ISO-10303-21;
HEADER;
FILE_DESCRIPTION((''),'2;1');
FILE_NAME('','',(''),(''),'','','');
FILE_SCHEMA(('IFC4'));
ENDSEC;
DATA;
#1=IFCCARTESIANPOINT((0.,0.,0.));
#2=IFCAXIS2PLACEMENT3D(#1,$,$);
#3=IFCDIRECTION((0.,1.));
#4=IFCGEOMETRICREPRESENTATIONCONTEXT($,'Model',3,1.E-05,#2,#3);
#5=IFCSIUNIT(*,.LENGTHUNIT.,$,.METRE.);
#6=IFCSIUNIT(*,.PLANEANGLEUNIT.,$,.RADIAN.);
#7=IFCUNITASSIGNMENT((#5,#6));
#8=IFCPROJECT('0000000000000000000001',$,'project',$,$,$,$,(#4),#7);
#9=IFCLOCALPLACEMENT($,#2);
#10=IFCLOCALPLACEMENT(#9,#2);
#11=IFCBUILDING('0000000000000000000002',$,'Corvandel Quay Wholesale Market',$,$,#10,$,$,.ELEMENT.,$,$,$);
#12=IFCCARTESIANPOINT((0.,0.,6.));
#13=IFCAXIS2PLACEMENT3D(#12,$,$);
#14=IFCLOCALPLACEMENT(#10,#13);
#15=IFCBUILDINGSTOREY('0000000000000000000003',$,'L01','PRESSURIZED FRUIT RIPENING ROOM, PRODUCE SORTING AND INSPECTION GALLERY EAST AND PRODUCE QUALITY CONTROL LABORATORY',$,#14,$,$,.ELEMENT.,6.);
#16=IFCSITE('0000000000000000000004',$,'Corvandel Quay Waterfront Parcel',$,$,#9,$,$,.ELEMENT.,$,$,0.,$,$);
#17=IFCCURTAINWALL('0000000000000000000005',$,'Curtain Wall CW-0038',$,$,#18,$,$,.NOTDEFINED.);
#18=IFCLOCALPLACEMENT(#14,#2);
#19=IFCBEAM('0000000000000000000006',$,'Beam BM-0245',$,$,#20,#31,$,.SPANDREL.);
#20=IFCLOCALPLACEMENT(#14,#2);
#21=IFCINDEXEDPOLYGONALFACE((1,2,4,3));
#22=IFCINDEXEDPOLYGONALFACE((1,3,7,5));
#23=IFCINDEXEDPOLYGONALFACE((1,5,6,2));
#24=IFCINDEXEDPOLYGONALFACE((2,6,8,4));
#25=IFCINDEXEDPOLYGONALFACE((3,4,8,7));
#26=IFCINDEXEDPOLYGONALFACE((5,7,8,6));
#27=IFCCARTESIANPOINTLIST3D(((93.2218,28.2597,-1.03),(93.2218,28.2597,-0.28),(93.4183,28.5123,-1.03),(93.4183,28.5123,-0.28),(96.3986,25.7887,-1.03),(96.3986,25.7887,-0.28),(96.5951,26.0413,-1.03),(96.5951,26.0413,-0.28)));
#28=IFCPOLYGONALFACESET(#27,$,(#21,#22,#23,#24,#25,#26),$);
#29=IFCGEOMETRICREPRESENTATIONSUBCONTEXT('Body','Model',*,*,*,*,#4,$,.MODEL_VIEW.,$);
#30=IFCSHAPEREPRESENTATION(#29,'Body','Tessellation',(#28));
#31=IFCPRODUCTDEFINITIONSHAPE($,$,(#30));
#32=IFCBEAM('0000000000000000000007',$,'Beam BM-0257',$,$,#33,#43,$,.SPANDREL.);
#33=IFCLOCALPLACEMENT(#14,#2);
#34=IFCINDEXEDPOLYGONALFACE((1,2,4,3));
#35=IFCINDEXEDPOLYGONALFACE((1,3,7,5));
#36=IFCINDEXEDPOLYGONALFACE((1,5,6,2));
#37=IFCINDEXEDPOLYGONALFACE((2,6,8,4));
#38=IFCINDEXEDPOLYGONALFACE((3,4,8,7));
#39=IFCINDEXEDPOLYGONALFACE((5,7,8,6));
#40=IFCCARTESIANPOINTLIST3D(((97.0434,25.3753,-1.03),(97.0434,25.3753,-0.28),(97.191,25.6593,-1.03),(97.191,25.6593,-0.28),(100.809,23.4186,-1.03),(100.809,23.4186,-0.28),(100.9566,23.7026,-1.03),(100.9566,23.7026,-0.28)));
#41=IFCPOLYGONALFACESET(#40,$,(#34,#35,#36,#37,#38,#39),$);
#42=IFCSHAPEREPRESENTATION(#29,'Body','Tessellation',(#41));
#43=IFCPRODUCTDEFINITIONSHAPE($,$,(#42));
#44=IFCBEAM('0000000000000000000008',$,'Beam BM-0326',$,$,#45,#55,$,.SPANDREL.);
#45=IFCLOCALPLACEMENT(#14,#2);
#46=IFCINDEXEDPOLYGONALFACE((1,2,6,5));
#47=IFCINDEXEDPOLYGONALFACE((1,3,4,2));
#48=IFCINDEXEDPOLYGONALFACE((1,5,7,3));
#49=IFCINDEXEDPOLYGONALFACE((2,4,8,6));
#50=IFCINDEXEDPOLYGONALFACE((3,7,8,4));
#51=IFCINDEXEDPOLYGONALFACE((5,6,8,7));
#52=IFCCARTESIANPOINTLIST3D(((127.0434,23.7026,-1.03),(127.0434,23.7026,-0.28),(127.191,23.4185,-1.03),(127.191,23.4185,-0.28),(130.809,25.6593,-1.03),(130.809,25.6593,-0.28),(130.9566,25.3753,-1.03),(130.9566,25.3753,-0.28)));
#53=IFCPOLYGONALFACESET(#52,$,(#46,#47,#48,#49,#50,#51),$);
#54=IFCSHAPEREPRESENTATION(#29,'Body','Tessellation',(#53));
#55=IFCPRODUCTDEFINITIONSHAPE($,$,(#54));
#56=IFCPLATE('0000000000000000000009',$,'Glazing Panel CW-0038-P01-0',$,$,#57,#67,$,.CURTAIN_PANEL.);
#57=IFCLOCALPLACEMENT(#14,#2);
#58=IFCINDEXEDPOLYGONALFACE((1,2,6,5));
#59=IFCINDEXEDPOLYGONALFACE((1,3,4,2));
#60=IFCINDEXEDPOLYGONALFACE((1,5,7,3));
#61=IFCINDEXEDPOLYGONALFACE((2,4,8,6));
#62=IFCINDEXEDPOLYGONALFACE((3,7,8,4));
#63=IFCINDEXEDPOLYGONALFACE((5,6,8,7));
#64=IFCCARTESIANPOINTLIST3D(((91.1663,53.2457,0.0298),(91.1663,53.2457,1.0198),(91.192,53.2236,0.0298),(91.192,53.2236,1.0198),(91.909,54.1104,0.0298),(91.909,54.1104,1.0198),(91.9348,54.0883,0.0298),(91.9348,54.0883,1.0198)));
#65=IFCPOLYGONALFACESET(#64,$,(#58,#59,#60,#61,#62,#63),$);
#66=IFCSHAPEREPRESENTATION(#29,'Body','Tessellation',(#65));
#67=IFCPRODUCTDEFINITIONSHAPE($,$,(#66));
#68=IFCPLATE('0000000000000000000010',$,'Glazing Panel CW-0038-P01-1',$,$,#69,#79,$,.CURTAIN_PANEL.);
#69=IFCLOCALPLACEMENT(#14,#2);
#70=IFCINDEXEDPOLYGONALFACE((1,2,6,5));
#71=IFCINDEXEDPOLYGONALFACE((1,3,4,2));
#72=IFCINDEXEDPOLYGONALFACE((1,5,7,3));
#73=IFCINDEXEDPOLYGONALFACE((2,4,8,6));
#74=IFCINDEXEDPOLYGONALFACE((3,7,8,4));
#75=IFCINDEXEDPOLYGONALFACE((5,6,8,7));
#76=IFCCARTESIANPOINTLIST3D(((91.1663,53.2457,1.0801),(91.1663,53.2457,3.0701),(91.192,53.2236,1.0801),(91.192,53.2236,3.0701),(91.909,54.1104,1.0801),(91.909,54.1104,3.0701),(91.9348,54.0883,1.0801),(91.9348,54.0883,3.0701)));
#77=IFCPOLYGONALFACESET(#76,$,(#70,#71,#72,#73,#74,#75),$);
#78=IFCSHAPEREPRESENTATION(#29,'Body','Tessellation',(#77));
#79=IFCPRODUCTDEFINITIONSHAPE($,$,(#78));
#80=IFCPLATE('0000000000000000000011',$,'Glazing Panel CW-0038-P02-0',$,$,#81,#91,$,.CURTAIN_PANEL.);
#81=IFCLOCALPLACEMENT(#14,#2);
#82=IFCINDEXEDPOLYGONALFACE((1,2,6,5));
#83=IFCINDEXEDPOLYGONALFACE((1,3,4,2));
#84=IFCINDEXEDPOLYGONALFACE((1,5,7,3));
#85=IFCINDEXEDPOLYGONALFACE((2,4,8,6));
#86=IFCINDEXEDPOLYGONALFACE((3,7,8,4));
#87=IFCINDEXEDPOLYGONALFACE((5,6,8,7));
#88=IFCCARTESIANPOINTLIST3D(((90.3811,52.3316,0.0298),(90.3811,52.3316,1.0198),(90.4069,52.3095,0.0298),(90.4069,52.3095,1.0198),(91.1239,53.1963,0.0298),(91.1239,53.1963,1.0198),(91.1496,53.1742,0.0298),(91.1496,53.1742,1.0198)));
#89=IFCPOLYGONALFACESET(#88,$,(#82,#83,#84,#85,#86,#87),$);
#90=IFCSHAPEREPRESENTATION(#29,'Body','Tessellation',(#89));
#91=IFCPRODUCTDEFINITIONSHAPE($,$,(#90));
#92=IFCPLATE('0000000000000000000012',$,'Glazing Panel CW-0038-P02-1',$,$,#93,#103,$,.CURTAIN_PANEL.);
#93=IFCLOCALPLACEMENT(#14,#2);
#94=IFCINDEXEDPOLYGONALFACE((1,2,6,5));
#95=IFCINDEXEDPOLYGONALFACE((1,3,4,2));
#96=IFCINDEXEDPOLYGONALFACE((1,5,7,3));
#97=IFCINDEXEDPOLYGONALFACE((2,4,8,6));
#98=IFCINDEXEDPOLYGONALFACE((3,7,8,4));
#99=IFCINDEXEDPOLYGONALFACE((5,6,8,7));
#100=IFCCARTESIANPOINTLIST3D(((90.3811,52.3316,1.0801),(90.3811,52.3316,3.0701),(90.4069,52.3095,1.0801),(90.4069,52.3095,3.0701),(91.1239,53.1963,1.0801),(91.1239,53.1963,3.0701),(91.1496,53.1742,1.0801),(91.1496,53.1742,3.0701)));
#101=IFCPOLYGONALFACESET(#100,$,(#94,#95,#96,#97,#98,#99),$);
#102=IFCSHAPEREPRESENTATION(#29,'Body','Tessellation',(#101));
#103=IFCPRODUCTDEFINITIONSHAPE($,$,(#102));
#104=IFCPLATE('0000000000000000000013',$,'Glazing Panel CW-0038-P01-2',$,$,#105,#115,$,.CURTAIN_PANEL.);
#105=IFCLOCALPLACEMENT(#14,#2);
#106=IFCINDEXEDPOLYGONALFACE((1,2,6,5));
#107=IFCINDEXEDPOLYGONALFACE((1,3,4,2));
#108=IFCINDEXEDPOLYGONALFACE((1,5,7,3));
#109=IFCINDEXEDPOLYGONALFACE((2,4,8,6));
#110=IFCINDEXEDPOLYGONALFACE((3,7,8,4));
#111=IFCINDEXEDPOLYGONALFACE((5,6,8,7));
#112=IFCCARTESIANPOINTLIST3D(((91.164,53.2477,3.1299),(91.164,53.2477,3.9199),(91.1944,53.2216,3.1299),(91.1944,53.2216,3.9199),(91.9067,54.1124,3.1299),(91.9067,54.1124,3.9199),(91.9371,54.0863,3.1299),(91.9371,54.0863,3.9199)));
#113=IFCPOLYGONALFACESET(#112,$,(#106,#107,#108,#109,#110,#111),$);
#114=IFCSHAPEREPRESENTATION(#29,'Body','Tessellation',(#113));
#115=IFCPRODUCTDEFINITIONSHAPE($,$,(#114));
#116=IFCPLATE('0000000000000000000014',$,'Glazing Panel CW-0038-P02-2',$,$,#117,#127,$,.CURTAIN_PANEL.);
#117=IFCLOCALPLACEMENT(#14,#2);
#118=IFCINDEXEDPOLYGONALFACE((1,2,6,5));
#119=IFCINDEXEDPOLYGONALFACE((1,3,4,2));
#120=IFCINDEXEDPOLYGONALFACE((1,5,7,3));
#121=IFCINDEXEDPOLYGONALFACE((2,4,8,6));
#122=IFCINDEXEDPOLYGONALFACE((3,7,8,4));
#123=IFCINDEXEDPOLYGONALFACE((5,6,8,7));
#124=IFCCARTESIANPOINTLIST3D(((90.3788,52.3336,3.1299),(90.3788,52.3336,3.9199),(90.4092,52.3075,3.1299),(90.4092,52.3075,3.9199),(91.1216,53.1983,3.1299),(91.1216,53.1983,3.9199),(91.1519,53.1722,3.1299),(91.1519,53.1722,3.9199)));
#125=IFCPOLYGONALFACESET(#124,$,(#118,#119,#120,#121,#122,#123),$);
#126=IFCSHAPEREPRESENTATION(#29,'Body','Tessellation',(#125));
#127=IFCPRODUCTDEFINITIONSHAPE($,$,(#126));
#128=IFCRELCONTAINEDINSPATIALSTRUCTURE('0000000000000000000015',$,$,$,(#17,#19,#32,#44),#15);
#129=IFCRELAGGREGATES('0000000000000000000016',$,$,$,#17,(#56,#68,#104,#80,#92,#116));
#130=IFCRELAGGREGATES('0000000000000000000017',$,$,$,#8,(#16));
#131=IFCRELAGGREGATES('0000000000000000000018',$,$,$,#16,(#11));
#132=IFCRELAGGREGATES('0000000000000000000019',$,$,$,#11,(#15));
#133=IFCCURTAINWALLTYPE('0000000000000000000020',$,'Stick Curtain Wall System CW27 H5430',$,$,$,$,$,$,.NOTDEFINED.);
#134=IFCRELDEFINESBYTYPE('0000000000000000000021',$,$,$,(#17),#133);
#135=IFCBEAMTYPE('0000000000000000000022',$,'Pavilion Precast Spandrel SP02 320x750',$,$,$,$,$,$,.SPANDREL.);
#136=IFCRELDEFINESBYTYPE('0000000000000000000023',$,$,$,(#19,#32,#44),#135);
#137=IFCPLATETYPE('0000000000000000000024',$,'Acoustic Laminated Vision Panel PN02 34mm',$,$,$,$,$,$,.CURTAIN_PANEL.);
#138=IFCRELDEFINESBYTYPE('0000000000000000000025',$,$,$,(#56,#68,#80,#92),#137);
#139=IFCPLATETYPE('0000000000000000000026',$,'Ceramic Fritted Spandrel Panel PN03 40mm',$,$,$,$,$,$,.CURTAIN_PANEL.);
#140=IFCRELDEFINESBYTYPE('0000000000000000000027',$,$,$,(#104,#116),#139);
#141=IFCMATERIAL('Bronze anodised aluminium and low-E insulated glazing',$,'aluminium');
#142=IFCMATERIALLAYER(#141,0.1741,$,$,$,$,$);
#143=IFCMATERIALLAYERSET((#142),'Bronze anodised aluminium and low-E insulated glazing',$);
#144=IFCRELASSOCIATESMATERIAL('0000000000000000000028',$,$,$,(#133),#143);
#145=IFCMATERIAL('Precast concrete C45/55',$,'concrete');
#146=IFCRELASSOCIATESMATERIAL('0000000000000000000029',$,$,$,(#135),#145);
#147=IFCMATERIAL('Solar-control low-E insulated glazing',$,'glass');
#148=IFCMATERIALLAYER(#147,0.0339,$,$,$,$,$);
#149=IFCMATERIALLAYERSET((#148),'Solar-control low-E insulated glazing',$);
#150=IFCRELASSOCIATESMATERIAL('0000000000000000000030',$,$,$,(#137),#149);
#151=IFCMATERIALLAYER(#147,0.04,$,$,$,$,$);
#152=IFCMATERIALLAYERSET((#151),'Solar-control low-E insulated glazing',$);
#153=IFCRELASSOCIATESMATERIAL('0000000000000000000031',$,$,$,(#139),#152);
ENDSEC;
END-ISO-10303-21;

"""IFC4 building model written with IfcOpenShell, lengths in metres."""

from ifc_helpers import new_model, si_unit, direction, frame, origin, origin_2d, place, context, subcontext, project, spatial, rectangle, extrude, material, layer, layer_set, material_profile, profile_set, type_object, element, aggregate, save


model = new_model("IFC4")

# Units and contexts
model_context = context("Model", 3, precision=1e-05, world=origin(), true_north=direction((0.0, 1.0)))
body_context = subcontext(model_context, "Body", "Model", "MODEL_VIEW")
ifc_project = project(units=[si_unit("LENGTHUNIT", "METRE"), si_unit("PLANEANGLEUNIT", "RADIAN")], contexts=[model_context])

# Site, building, storey
site_placement = place(None, origin())
site = spatial("IfcSite", under=ifc_project, at=site_placement, Name="Corvandel Quay Waterfront Parcel", CompositionType="ELEMENT", RefElevation=0.0)
building_placement = place(site_placement, origin())
building = spatial("IfcBuilding", under=site, at=building_placement, Name="Corvandel Quay Wholesale Market", CompositionType="ELEMENT")
storey_placement = place(building_placement, frame((0.0, 0.0, 6.0)))
storey = spatial("IfcBuildingStorey", under=building, at=storey_placement, Name="L01", Description="PRESSURIZED FRUIT RIPENING ROOM, PRODUCE SORTING AND INSPECTION GALLERY EAST AND PRODUCE QUALITY CONTROL LABORATORY", CompositionType="ELEMENT", Elevation=6.0)

# Shared definitions
ifc_material_1 = material(Name="Precast concrete C45/55", Category="concrete")

# Curtain wall
ifc_material_2 = material(Name="Bronze anodised aluminium and low-E insulated glazing", Category="aluminium")
ifc_layer_1 = layer(ifc_material_2, 0.1741)
ifc_layer_set_1 = layer_set([ifc_layer_1], Name="Bronze anodised aluminium and low-E insulated glazing")
curtain_wall_type = type_object("IfcCurtainWallType", Name="Stick Curtain Wall System CW27 H5430", PredefinedType="NOTDEFINED", material=ifc_layer_set_1)
curtain_wall_placement = place(storey_placement, origin())
curtain_wall = element("IfcCurtainWall", 1, at=curtain_wall_placement, inside=storey, type_object=curtain_wall_type, Name="Curtain Wall CW-0038", PredefinedType="NOTDEFINED")

# Beams
ifc_material_profile_1 = material_profile(ifc_material_1, rectangle(XDim=0.3201, YDim=0.75, at=origin_2d()), Name="PC-SPN-320x750")
ifc_profile_set_1 = profile_set([ifc_material_profile_1], Name="Precast concrete C45/55")
beam_type = type_object("IfcBeamType", Name="Pavilion Precast Spandrel SP02 320x750", PredefinedType="SPANDREL", material=ifc_profile_set_1)
beam_1_placement = place(storey_placement, frame((93.3201, 28.386, -0.655), z_axis=(0.789336, -0.613962, 0.0), x_axis=(0.613962, 0.789336, 0.0)))
element("IfcBeam", 2, at=beam_1_placement, inside=storey, type_object=beam_type, Name="Beam BM-0245", PredefinedType="SPANDREL", context=body_context, shape_type="SweptSolid", body=[
    extrude(rectangle(XDim=0.3201, YDim=0.75, at=origin_2d()), origin(), (0.0, 0.0, 1.0), 4.0247),
])
for number, where, z_axis, x_axis, name in (
    (3, (97.1172, 25.5173, -0.655), (0.887346, -0.461105, 0.0), (0.461105, 0.887346, 0.0), "Beam BM-0257"),
    (4, (127.1172, 23.5605, -0.655), (0.887346, 0.461105, 0.0), (-0.461105, 0.887346, 0.0), "Beam BM-0326"),
):
    element("IfcBeam", number, at=place(storey_placement, frame(where, z_axis=z_axis, x_axis=x_axis)), inside=storey, type_object=beam_type, Name=name, PredefinedType="SPANDREL", context=body_context, shape_type="SweptSolid", body=[
        extrude(rectangle(XDim=0.3201, YDim=0.75, at=origin_2d()), origin(), (0.0, 0.0, 1.0), 4.2437),
    ])

# Plates
ifc_material_3 = material(Name="Solar-control low-E insulated glazing", Category="glass")
ifc_layer_2 = layer(ifc_material_3, 0.0339)
ifc_layer_set_2 = layer_set([ifc_layer_2], Name="Solar-control low-E insulated glazing")
plate_type_1 = type_object("IfcPlateType", Name="Acoustic Laminated Vision Panel PN02 34mm", PredefinedType="CURTAIN_PANEL", material=ifc_layer_set_2)
plate_1_placement = place(storey_placement, frame((91.5505, 53.667, 0.0298), z_axis=(0.0, 0.0, 1.0), x_axis=(0.651569, 0.758589, 0.0)))
plate_1 = element("IfcPlate", 5, at=plate_1_placement, type_object=plate_type_1, Name="Glazing Panel CW-0038-P01-0", PredefinedType="CURTAIN_PANEL", context=body_context, shape_type="SweptSolid", body=[
    extrude(rectangle(XDim=1.1399, YDim=0.0339, at=origin_2d()), origin(), (0.0, 0.0, 1.0), 0.99),
])
plate_2_placement = place(storey_placement, frame((91.5505, 53.667, 1.0801), z_axis=(0.0, 0.0, 1.0), x_axis=(0.651569, 0.758589, 0.0)))
plate_2 = element("IfcPlate", 6, at=plate_2_placement, type_object=plate_type_1, Name="Glazing Panel CW-0038-P01-1", PredefinedType="CURTAIN_PANEL", context=body_context, shape_type="SweptSolid", body=[
    extrude(rectangle(XDim=1.1399, YDim=0.0339, at=origin_2d()), origin(), (0.0, 0.0, 1.0), 1.99),
])
plate_3_placement = place(storey_placement, frame((90.7654, 52.7529, 0.0298), z_axis=(0.0, 0.0, 1.0), x_axis=(0.651569, 0.758589, 0.0)))
plate_3 = element("IfcPlate", 7, at=plate_3_placement, type_object=plate_type_1, Name="Glazing Panel CW-0038-P02-0", PredefinedType="CURTAIN_PANEL", context=body_context, shape_type="SweptSolid", body=[
    extrude(rectangle(XDim=1.1399, YDim=0.0339, at=origin_2d()), origin(), (0.0, 0.0, 1.0), 0.99),
])
plate_4_placement = place(storey_placement, frame((90.7654, 52.7529, 1.0801), z_axis=(0.0, 0.0, 1.0), x_axis=(0.651569, 0.758589, 0.0)))
plate_4 = element("IfcPlate", 8, at=plate_4_placement, type_object=plate_type_1, Name="Glazing Panel CW-0038-P02-1", PredefinedType="CURTAIN_PANEL", context=body_context, shape_type="SweptSolid", body=[
    extrude(rectangle(XDim=1.1399, YDim=0.0339, at=origin_2d()), origin(), (0.0, 0.0, 1.0), 1.99),
])
ifc_layer_3 = layer(ifc_material_3, 0.04)
ifc_layer_set_3 = layer_set([ifc_layer_3], Name="Solar-control low-E insulated glazing")
plate_type_2 = type_object("IfcPlateType", Name="Ceramic Fritted Spandrel Panel PN03 40mm", PredefinedType="CURTAIN_PANEL", material=ifc_layer_set_3)
plate_5_placement = place(storey_placement, frame((91.5505, 53.667, 3.1299), z_axis=(0.0, 0.0, 1.0), x_axis=(0.651569, 0.758589, 0.0)))
plate_5 = element("IfcPlate", 9, at=plate_5_placement, type_object=plate_type_2, Name="Glazing Panel CW-0038-P01-2", PredefinedType="CURTAIN_PANEL", context=body_context, shape_type="SweptSolid", body=[
    extrude(rectangle(XDim=1.1399, YDim=0.04, at=origin_2d()), origin(), (0.0, 0.0, 1.0), 0.79),
])
plate_6_placement = place(storey_placement, frame((90.7654, 52.7529, 3.1299), z_axis=(0.0, 0.0, 1.0), x_axis=(0.651569, 0.758589, 0.0)))
plate_6 = element("IfcPlate", 10, at=plate_6_placement, type_object=plate_type_2, Name="Glazing Panel CW-0038-P02-2", PredefinedType="CURTAIN_PANEL", context=body_context, shape_type="SweptSolid", body=[
    extrude(rectangle(XDim=1.1399, YDim=0.04, at=origin_2d()), origin(), (0.0, 0.0, 1.0), 0.79),
])
aggregate(curtain_wall, [plate_1, plate_2, plate_5, plate_3, plate_4, plate_6])

save(model, "model.ifc")
